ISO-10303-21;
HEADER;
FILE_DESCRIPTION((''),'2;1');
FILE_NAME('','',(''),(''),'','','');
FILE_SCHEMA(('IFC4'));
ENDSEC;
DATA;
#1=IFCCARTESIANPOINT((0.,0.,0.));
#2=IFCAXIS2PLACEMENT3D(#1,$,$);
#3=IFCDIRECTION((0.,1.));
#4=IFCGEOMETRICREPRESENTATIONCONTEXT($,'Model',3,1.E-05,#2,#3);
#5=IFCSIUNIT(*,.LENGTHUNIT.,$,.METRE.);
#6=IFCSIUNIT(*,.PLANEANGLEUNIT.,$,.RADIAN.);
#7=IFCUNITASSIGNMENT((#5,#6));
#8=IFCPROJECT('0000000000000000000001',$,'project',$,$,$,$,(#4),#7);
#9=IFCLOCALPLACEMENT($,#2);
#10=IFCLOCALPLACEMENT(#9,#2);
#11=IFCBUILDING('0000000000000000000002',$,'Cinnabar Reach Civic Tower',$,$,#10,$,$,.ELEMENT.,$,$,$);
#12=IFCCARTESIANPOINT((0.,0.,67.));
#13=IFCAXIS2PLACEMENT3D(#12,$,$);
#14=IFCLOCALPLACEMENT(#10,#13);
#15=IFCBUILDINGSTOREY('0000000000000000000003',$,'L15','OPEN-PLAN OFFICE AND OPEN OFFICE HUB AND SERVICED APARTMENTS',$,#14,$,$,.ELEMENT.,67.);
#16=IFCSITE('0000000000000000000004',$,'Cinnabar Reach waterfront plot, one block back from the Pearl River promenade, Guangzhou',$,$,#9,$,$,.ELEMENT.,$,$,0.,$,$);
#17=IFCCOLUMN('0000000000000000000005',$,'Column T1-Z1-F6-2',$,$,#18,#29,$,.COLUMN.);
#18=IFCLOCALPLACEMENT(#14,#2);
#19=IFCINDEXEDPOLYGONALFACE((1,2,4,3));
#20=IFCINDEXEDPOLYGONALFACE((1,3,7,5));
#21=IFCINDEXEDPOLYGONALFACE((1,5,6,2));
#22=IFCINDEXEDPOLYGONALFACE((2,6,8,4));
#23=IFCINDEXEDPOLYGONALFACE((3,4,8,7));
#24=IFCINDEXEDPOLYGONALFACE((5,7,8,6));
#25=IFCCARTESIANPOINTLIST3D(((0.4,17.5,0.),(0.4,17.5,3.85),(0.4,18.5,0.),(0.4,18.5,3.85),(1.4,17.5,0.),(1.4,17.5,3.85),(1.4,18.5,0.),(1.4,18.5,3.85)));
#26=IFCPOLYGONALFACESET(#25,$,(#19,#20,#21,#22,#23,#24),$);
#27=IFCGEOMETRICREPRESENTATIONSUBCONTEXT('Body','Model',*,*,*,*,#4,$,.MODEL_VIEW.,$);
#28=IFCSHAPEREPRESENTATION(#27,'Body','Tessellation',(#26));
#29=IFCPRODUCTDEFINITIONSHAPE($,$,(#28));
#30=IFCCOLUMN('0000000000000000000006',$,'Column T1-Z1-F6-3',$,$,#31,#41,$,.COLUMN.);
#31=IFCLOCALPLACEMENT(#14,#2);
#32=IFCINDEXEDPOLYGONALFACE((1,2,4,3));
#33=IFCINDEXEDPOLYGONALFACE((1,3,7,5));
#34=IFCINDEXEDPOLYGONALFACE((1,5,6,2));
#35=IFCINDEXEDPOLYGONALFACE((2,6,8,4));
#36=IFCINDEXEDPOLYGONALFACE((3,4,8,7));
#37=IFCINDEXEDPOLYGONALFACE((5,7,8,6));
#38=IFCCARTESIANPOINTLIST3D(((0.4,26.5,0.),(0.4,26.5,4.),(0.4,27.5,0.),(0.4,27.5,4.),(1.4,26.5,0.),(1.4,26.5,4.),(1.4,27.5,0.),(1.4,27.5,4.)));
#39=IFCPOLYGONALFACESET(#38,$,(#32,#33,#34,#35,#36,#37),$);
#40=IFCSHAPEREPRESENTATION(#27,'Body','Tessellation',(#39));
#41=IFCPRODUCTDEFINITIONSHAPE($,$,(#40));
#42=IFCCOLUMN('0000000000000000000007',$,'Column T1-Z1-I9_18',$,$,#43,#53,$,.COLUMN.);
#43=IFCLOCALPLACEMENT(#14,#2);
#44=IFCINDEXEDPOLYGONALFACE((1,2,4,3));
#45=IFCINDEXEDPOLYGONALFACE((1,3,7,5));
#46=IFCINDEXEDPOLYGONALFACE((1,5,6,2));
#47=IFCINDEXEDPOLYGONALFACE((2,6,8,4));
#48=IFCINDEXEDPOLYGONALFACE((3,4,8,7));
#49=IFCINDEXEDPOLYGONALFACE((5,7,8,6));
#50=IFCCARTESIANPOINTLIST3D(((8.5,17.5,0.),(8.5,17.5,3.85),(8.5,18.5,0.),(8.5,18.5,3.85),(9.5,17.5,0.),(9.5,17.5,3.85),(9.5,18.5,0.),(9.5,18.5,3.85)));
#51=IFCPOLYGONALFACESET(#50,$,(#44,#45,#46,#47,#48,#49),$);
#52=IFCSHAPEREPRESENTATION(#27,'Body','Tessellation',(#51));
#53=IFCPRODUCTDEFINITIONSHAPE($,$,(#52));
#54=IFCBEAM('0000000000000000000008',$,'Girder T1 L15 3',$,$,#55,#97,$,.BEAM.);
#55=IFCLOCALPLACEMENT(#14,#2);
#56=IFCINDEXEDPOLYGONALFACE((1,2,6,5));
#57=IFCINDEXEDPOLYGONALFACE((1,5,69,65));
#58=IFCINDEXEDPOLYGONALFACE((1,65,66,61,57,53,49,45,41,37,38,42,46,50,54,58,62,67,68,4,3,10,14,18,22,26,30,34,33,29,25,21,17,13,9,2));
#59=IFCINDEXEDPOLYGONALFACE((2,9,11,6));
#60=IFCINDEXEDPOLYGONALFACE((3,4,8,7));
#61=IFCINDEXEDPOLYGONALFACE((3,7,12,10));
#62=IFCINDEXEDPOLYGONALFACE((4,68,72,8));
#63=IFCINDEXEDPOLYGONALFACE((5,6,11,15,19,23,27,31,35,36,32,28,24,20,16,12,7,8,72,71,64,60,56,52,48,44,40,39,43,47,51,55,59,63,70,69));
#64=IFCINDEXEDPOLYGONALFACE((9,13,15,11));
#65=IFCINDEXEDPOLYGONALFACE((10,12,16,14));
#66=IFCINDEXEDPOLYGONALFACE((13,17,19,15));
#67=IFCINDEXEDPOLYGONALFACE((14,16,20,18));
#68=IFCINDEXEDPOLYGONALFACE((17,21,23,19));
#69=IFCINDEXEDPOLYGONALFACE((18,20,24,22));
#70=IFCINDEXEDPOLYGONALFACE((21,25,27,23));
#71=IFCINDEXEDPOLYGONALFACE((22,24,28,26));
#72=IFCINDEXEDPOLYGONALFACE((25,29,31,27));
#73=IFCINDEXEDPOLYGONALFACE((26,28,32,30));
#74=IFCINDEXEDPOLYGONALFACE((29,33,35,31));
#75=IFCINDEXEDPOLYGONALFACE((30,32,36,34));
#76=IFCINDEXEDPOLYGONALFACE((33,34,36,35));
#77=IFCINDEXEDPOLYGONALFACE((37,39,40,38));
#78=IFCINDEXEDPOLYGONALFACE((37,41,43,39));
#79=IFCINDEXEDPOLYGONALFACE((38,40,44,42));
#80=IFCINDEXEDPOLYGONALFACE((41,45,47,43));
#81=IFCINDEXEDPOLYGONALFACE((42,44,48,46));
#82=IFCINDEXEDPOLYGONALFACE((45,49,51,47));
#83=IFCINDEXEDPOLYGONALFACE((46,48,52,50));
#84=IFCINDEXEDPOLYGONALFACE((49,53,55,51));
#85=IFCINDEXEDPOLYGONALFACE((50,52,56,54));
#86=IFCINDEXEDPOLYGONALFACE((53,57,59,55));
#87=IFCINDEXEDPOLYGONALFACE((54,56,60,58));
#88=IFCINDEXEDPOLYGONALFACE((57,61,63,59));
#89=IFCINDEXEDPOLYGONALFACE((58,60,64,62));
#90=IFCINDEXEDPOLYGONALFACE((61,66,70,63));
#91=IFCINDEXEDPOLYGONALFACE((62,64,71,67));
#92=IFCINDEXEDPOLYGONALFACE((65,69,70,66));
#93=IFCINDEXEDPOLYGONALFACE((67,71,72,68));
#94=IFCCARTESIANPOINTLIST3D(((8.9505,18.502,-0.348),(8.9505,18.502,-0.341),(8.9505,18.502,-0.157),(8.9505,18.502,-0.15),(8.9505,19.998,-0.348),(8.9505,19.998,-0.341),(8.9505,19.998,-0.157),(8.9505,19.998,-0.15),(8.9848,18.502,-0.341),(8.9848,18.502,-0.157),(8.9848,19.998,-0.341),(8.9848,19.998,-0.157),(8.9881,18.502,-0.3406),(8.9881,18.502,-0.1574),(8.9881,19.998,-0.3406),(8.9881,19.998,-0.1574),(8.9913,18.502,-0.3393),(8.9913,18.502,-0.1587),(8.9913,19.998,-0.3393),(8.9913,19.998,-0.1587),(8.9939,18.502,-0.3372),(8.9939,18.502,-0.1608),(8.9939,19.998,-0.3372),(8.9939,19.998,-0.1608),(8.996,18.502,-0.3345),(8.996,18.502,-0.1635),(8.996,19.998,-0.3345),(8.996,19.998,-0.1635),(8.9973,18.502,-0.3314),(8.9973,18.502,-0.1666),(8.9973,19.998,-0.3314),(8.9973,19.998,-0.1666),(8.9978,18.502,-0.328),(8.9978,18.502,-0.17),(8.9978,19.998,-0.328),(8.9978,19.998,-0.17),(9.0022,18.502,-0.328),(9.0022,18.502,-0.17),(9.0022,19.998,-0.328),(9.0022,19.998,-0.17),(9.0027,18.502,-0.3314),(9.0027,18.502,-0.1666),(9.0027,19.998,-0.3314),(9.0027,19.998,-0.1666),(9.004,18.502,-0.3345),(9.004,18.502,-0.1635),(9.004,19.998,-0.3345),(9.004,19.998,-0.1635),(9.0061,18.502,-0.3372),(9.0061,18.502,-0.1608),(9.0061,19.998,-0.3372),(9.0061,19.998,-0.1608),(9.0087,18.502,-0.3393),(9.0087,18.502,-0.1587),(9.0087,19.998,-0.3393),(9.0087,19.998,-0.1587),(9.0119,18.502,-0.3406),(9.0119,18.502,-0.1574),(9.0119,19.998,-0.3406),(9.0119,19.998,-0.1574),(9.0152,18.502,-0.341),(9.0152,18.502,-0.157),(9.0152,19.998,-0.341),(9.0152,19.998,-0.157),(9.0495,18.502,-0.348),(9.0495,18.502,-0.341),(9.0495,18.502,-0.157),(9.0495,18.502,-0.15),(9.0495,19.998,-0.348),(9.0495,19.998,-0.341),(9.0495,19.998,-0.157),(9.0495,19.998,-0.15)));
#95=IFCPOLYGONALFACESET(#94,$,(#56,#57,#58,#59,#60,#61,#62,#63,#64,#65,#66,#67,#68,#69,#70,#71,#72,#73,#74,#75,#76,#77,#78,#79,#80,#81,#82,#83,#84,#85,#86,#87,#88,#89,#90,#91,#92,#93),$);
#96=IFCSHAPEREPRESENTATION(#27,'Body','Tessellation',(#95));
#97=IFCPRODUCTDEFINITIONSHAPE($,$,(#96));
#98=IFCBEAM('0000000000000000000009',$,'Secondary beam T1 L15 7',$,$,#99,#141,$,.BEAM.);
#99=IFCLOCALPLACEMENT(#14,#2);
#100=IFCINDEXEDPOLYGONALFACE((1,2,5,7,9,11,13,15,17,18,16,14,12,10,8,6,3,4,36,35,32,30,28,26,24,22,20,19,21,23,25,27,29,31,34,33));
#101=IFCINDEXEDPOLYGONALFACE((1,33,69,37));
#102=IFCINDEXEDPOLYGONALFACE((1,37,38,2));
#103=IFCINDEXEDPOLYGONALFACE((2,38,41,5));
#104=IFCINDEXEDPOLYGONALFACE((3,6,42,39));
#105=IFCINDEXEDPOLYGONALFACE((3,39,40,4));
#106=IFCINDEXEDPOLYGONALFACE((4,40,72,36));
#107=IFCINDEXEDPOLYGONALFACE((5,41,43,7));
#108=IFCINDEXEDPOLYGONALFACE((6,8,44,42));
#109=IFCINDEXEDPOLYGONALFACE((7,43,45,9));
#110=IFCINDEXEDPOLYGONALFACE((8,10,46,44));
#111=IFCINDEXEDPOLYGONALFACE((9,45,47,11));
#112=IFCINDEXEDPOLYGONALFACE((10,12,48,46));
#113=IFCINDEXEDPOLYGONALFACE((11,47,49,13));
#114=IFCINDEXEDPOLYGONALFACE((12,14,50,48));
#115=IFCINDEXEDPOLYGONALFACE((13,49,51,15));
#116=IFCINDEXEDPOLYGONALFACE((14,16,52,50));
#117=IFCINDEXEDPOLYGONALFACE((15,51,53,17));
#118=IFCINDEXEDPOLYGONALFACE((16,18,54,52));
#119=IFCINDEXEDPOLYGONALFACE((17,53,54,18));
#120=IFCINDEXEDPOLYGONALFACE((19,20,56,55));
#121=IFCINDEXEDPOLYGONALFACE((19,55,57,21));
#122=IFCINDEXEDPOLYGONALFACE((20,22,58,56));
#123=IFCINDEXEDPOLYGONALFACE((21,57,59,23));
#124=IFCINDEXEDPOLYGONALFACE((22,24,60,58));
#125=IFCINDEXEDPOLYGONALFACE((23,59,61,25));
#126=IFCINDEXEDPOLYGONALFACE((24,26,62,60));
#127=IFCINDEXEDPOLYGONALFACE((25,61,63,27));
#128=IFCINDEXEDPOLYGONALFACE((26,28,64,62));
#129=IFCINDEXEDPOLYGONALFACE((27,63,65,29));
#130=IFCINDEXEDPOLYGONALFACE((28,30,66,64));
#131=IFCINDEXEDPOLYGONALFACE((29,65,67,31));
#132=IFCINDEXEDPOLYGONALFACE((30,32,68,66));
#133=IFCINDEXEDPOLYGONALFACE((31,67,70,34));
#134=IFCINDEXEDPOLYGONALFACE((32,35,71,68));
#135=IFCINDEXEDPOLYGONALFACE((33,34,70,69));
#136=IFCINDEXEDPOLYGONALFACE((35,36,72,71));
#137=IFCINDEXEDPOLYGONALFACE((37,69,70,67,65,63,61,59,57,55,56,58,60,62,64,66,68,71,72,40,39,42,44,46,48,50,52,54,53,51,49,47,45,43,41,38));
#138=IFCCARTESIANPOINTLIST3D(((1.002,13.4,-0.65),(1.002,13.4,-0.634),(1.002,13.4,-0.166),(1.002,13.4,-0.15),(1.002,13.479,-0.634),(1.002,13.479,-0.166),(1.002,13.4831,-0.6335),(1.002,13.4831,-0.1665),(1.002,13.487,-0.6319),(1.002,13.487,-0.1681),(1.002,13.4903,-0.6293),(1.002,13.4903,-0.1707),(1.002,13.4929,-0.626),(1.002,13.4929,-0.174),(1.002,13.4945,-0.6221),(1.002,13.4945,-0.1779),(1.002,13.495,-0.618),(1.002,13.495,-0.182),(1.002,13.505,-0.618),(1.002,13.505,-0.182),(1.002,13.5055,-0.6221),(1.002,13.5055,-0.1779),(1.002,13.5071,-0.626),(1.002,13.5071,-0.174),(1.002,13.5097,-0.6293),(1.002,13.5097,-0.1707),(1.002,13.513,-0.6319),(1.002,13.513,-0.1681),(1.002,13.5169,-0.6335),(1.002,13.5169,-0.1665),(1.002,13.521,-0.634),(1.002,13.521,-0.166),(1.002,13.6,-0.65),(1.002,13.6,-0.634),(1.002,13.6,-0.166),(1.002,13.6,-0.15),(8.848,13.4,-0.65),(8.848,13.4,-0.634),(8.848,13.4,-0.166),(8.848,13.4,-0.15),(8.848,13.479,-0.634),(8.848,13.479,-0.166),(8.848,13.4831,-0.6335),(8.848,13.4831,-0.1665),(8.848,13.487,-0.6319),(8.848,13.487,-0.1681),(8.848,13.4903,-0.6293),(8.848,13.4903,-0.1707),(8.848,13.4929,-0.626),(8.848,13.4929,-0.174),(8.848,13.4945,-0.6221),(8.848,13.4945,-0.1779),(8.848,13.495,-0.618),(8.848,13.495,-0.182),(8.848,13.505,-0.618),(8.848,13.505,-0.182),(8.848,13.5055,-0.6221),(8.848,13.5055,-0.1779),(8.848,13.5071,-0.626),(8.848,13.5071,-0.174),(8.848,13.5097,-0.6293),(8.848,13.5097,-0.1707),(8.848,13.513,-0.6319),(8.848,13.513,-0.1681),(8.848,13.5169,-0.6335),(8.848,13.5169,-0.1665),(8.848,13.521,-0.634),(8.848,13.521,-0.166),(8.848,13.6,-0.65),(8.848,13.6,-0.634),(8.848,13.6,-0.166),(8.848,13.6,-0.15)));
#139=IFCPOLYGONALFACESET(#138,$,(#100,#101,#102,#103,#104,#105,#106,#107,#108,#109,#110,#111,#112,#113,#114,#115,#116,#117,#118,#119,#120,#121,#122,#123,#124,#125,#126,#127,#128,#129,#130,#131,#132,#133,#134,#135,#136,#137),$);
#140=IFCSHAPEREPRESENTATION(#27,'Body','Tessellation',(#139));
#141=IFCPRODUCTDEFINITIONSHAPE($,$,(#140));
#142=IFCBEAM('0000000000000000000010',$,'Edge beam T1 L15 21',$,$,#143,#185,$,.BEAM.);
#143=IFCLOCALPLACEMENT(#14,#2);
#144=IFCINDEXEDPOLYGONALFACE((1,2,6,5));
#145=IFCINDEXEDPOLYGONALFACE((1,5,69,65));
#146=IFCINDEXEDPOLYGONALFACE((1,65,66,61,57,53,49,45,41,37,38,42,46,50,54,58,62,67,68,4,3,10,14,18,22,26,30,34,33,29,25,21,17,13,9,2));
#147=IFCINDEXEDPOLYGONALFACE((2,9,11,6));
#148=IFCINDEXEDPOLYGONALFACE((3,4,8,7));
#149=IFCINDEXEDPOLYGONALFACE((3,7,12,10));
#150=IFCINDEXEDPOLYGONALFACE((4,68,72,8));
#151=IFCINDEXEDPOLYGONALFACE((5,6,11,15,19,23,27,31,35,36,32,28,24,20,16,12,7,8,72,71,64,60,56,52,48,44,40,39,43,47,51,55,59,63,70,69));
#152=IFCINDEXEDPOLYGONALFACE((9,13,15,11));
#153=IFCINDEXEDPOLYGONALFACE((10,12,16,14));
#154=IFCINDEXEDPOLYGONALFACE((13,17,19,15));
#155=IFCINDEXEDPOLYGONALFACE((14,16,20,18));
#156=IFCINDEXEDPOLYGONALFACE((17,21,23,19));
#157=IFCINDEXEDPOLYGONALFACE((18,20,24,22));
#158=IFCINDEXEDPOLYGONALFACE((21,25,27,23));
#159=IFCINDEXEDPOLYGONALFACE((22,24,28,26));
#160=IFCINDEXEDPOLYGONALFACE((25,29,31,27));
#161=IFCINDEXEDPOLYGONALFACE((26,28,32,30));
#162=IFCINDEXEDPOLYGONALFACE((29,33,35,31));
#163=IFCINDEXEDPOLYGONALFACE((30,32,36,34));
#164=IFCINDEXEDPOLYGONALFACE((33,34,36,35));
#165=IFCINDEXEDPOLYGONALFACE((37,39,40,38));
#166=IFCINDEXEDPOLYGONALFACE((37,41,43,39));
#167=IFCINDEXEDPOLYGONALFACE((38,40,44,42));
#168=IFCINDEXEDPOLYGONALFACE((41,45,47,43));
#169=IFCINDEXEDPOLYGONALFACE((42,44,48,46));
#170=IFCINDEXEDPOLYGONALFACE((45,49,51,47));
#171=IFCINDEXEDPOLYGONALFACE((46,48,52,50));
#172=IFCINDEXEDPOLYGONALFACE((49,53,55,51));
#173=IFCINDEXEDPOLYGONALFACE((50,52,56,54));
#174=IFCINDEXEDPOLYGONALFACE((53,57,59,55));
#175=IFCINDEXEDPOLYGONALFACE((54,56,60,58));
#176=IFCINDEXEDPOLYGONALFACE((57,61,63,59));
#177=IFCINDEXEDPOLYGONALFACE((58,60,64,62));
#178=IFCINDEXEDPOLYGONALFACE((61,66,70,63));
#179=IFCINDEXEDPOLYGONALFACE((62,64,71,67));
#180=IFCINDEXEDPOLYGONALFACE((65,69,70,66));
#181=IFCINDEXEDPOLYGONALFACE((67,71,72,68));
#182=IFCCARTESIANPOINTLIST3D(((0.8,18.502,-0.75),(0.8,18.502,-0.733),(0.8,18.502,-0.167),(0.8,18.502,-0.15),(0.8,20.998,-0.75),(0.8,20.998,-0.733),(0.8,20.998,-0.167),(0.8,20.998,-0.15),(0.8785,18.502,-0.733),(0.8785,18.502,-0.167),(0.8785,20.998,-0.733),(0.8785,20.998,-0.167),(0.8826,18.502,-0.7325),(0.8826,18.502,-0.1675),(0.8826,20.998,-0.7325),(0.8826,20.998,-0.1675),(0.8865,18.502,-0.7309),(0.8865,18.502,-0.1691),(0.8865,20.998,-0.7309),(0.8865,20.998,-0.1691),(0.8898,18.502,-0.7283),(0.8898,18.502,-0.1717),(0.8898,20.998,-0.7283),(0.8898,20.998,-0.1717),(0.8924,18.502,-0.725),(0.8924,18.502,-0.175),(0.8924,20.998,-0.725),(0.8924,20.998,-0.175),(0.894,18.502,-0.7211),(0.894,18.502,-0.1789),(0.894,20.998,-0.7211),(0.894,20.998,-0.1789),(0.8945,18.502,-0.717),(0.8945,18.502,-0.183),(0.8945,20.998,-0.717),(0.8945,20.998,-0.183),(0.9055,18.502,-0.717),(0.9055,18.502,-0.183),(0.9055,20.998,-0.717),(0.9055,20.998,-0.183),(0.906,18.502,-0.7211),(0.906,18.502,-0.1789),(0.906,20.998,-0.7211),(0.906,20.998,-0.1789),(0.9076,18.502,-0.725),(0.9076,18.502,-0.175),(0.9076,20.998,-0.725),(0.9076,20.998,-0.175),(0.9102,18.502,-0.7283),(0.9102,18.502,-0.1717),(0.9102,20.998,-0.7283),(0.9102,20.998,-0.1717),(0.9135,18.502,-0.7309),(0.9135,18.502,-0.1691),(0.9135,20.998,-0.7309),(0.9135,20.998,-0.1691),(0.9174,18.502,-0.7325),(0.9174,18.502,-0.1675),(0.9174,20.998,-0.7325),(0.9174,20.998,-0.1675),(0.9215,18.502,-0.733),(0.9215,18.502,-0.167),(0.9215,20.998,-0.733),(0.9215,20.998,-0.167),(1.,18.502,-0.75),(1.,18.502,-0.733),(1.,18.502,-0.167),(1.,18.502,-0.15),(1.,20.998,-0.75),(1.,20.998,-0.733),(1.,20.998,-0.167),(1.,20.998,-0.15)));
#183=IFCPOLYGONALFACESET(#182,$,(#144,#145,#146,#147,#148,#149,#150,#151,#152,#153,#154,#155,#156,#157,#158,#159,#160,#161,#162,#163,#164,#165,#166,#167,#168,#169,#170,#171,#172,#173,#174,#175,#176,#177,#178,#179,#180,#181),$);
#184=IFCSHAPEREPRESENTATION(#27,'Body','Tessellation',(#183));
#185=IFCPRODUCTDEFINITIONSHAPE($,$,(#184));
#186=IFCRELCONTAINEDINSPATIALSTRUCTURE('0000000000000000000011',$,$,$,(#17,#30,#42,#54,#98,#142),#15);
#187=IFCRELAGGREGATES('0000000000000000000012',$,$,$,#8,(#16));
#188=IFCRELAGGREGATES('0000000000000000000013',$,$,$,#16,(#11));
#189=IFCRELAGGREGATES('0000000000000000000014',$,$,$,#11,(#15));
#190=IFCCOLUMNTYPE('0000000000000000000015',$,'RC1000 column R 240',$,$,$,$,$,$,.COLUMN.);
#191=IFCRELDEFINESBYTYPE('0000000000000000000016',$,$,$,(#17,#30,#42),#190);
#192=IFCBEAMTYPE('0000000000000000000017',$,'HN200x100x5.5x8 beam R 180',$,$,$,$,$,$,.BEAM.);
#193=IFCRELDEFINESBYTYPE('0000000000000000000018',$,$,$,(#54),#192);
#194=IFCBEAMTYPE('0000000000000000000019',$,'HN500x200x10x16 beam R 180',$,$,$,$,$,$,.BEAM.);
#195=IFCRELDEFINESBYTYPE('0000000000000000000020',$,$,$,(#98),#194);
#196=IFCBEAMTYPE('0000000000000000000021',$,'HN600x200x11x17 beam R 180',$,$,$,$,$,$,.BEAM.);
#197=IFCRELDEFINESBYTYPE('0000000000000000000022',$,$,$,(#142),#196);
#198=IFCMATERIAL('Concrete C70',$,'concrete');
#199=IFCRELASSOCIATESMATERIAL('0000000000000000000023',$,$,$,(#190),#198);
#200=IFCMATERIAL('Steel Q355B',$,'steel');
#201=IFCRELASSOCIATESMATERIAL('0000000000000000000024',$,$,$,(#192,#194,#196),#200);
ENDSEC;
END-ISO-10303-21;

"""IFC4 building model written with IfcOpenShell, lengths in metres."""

from ifc_helpers import new_model, si_unit, direction, frame, origin, origin_2d, place, context, subcontext, project, spatial, rectangle, i_section, extrude, material, material_profile, profile_set, type_object, element, save


model = new_model("IFC4")

# Units and contexts
model_context = context("Model", 3, precision=1e-05, world=origin(), true_north=direction((0.0, 1.0)))
body_context = subcontext(model_context, "Body", "Model", "MODEL_VIEW")
ifc_project = project(units=[si_unit("LENGTHUNIT", "METRE"), si_unit("PLANEANGLEUNIT", "RADIAN")], contexts=[model_context])

# Site, building, storey
site_placement = place(None, origin())
site = spatial("IfcSite", under=ifc_project, at=site_placement, Name="Cinnabar Reach waterfront plot, one block back from the Pearl River promenade, Guangzhou", CompositionType="ELEMENT", RefElevation=0.0)
building_placement = place(site_placement, origin())
building = spatial("IfcBuilding", under=site, at=building_placement, Name="Cinnabar Reach Civic Tower", CompositionType="ELEMENT")
storey_placement = place(building_placement, frame((0.0, 0.0, 67.0)))
storey = spatial("IfcBuildingStorey", under=building, at=storey_placement, Name="L15", Description="OPEN-PLAN OFFICE AND OPEN OFFICE HUB AND SERVICED APARTMENTS", CompositionType="ELEMENT", Elevation=67.0)

# Columns
ifc_material_1 = material(Name="Concrete C70", Category="concrete")
ifc_material_profile_1 = material_profile(ifc_material_1, rectangle(XDim=1.0, YDim=1.0, at=origin_2d()), Name="RC1000")
ifc_profile_set_1 = profile_set([ifc_material_profile_1], Name="Concrete C70")
column_type = type_object("IfcColumnType", Name="RC1000 column R 240", PredefinedType="COLUMN", material=ifc_profile_set_1)
column_1_placement = place(storey_placement, frame((0.9, 18.0, 0.0), z_axis=(0.0, 0.0, 1.0), x_axis=(1.0, 0.0, 0.0)))
element("IfcColumn", 1, at=column_1_placement, inside=storey, type_object=column_type, Name="Column T1-Z1-F6-2", PredefinedType="COLUMN", context=body_context, shape_type="SweptSolid", body=[
    extrude(rectangle(XDim=1.0, YDim=1.0, at=origin_2d()), origin(), (0.0, 0.0, 1.0), 3.85),
])
column_2_placement = place(storey_placement, frame((0.9, 27.0, 0.0), z_axis=(0.0, 0.0, 1.0), x_axis=(1.0, 0.0, 0.0)))
element("IfcColumn", 2, at=column_2_placement, inside=storey, type_object=column_type, Name="Column T1-Z1-F6-3", PredefinedType="COLUMN", context=body_context, shape_type="SweptSolid", body=[
    extrude(rectangle(XDim=1.0, YDim=1.0, at=origin_2d()), origin(), (0.0, 0.0, 1.0), 4.0),
])
column_3_placement = place(storey_placement, frame((9.0, 18.0, 0.0), z_axis=(0.0, 0.0, 1.0), x_axis=(1.0, 0.0, 0.0)))
element("IfcColumn", 3, at=column_3_placement, inside=storey, type_object=column_type, Name="Column T1-Z1-I9_18", PredefinedType="COLUMN", context=body_context, shape_type="SweptSolid", body=[
    extrude(rectangle(XDim=1.0, YDim=1.0, at=origin_2d()), origin(), (0.0, 0.0, 1.0), 3.85),
])

# Beams
ifc_material_2 = material(Name="Steel Q355B", Category="steel")
ifc_material_profile_2 = material_profile(ifc_material_2, i_section(OverallWidth=0.099, OverallDepth=0.198, WebThickness=0.0045, FlangeThickness=0.007, FilletRadius=0.013, at=origin_2d()), Name="HN200x100x5.5x8")
ifc_profile_set_2 = profile_set([ifc_material_profile_2], Name="Steel Q355B")
beam_type_1 = type_object("IfcBeamType", Name="HN200x100x5.5x8 beam R 180", PredefinedType="BEAM", material=ifc_profile_set_2)
beam_1_placement = place(storey_placement, frame((9.0, 18.502, -0.249), z_axis=(0.0, 1.0, 0.0), x_axis=(-1.0, 0.0, 0.0)))
element("IfcBeam", 4, at=beam_1_placement, inside=storey, type_object=beam_type_1, Name="Girder T1 L15 3", PredefinedType="BEAM", context=body_context, shape_type="SweptSolid", body=[
    extrude(i_section(OverallWidth=0.099, OverallDepth=0.198, WebThickness=0.0045, FlangeThickness=0.007, FilletRadius=0.013, at=origin_2d()), origin(), (0.0, 0.0, 1.0), 1.496),
])
ifc_material_profile_3 = material_profile(ifc_material_2, i_section(OverallWidth=0.2, OverallDepth=0.5, WebThickness=0.01, FlangeThickness=0.016, FilletRadius=0.016, at=origin_2d()), Name="HN500x200x10x16")
ifc_profile_set_3 = profile_set([ifc_material_profile_3], Name="Steel Q355B")
beam_type_2 = type_object("IfcBeamType", Name="HN500x200x10x16 beam R 180", PredefinedType="BEAM", material=ifc_profile_set_3)
beam_2_placement = place(storey_placement, frame((1.002, 13.5, -0.4), z_axis=(1.0, 0.0, 0.0), x_axis=(0.0, 1.0, 0.0)))
element("IfcBeam", 5, at=beam_2_placement, inside=storey, type_object=beam_type_2, Name="Secondary beam T1 L15 7", PredefinedType="BEAM", context=body_context, shape_type="SweptSolid", body=[
    extrude(i_section(OverallWidth=0.2, OverallDepth=0.5, WebThickness=0.01, FlangeThickness=0.016, FilletRadius=0.016, at=origin_2d()), origin(), (0.0, 0.0, 1.0), 7.846),
])
ifc_material_profile_4 = material_profile(ifc_material_2, i_section(OverallWidth=0.2, OverallDepth=0.6, WebThickness=0.011, FlangeThickness=0.017, FilletRadius=0.016, at=origin_2d()), Name="HN600x200x11x17")
ifc_profile_set_4 = profile_set([ifc_material_profile_4], Name="Steel Q355B")
beam_type_3 = type_object("IfcBeamType", Name="HN600x200x11x17 beam R 180", PredefinedType="BEAM", material=ifc_profile_set_4)
beam_3_placement = place(storey_placement, frame((0.9, 20.998, -0.45), z_axis=(0.0, -1.0, 0.0), x_axis=(1.0, 0.0, 0.0)))
element("IfcBeam", 6, at=beam_3_placement, inside=storey, type_object=beam_type_3, Name="Edge beam T1 L15 21", PredefinedType="BEAM", context=body_context, shape_type="SweptSolid", body=[
    extrude(i_section(OverallWidth=0.2, OverallDepth=0.6, WebThickness=0.011, FlangeThickness=0.017, FilletRadius=0.016, at=origin_2d()), origin(), (0.0, 0.0, 1.0), 2.496),
])

save(model, "model.ifc")
